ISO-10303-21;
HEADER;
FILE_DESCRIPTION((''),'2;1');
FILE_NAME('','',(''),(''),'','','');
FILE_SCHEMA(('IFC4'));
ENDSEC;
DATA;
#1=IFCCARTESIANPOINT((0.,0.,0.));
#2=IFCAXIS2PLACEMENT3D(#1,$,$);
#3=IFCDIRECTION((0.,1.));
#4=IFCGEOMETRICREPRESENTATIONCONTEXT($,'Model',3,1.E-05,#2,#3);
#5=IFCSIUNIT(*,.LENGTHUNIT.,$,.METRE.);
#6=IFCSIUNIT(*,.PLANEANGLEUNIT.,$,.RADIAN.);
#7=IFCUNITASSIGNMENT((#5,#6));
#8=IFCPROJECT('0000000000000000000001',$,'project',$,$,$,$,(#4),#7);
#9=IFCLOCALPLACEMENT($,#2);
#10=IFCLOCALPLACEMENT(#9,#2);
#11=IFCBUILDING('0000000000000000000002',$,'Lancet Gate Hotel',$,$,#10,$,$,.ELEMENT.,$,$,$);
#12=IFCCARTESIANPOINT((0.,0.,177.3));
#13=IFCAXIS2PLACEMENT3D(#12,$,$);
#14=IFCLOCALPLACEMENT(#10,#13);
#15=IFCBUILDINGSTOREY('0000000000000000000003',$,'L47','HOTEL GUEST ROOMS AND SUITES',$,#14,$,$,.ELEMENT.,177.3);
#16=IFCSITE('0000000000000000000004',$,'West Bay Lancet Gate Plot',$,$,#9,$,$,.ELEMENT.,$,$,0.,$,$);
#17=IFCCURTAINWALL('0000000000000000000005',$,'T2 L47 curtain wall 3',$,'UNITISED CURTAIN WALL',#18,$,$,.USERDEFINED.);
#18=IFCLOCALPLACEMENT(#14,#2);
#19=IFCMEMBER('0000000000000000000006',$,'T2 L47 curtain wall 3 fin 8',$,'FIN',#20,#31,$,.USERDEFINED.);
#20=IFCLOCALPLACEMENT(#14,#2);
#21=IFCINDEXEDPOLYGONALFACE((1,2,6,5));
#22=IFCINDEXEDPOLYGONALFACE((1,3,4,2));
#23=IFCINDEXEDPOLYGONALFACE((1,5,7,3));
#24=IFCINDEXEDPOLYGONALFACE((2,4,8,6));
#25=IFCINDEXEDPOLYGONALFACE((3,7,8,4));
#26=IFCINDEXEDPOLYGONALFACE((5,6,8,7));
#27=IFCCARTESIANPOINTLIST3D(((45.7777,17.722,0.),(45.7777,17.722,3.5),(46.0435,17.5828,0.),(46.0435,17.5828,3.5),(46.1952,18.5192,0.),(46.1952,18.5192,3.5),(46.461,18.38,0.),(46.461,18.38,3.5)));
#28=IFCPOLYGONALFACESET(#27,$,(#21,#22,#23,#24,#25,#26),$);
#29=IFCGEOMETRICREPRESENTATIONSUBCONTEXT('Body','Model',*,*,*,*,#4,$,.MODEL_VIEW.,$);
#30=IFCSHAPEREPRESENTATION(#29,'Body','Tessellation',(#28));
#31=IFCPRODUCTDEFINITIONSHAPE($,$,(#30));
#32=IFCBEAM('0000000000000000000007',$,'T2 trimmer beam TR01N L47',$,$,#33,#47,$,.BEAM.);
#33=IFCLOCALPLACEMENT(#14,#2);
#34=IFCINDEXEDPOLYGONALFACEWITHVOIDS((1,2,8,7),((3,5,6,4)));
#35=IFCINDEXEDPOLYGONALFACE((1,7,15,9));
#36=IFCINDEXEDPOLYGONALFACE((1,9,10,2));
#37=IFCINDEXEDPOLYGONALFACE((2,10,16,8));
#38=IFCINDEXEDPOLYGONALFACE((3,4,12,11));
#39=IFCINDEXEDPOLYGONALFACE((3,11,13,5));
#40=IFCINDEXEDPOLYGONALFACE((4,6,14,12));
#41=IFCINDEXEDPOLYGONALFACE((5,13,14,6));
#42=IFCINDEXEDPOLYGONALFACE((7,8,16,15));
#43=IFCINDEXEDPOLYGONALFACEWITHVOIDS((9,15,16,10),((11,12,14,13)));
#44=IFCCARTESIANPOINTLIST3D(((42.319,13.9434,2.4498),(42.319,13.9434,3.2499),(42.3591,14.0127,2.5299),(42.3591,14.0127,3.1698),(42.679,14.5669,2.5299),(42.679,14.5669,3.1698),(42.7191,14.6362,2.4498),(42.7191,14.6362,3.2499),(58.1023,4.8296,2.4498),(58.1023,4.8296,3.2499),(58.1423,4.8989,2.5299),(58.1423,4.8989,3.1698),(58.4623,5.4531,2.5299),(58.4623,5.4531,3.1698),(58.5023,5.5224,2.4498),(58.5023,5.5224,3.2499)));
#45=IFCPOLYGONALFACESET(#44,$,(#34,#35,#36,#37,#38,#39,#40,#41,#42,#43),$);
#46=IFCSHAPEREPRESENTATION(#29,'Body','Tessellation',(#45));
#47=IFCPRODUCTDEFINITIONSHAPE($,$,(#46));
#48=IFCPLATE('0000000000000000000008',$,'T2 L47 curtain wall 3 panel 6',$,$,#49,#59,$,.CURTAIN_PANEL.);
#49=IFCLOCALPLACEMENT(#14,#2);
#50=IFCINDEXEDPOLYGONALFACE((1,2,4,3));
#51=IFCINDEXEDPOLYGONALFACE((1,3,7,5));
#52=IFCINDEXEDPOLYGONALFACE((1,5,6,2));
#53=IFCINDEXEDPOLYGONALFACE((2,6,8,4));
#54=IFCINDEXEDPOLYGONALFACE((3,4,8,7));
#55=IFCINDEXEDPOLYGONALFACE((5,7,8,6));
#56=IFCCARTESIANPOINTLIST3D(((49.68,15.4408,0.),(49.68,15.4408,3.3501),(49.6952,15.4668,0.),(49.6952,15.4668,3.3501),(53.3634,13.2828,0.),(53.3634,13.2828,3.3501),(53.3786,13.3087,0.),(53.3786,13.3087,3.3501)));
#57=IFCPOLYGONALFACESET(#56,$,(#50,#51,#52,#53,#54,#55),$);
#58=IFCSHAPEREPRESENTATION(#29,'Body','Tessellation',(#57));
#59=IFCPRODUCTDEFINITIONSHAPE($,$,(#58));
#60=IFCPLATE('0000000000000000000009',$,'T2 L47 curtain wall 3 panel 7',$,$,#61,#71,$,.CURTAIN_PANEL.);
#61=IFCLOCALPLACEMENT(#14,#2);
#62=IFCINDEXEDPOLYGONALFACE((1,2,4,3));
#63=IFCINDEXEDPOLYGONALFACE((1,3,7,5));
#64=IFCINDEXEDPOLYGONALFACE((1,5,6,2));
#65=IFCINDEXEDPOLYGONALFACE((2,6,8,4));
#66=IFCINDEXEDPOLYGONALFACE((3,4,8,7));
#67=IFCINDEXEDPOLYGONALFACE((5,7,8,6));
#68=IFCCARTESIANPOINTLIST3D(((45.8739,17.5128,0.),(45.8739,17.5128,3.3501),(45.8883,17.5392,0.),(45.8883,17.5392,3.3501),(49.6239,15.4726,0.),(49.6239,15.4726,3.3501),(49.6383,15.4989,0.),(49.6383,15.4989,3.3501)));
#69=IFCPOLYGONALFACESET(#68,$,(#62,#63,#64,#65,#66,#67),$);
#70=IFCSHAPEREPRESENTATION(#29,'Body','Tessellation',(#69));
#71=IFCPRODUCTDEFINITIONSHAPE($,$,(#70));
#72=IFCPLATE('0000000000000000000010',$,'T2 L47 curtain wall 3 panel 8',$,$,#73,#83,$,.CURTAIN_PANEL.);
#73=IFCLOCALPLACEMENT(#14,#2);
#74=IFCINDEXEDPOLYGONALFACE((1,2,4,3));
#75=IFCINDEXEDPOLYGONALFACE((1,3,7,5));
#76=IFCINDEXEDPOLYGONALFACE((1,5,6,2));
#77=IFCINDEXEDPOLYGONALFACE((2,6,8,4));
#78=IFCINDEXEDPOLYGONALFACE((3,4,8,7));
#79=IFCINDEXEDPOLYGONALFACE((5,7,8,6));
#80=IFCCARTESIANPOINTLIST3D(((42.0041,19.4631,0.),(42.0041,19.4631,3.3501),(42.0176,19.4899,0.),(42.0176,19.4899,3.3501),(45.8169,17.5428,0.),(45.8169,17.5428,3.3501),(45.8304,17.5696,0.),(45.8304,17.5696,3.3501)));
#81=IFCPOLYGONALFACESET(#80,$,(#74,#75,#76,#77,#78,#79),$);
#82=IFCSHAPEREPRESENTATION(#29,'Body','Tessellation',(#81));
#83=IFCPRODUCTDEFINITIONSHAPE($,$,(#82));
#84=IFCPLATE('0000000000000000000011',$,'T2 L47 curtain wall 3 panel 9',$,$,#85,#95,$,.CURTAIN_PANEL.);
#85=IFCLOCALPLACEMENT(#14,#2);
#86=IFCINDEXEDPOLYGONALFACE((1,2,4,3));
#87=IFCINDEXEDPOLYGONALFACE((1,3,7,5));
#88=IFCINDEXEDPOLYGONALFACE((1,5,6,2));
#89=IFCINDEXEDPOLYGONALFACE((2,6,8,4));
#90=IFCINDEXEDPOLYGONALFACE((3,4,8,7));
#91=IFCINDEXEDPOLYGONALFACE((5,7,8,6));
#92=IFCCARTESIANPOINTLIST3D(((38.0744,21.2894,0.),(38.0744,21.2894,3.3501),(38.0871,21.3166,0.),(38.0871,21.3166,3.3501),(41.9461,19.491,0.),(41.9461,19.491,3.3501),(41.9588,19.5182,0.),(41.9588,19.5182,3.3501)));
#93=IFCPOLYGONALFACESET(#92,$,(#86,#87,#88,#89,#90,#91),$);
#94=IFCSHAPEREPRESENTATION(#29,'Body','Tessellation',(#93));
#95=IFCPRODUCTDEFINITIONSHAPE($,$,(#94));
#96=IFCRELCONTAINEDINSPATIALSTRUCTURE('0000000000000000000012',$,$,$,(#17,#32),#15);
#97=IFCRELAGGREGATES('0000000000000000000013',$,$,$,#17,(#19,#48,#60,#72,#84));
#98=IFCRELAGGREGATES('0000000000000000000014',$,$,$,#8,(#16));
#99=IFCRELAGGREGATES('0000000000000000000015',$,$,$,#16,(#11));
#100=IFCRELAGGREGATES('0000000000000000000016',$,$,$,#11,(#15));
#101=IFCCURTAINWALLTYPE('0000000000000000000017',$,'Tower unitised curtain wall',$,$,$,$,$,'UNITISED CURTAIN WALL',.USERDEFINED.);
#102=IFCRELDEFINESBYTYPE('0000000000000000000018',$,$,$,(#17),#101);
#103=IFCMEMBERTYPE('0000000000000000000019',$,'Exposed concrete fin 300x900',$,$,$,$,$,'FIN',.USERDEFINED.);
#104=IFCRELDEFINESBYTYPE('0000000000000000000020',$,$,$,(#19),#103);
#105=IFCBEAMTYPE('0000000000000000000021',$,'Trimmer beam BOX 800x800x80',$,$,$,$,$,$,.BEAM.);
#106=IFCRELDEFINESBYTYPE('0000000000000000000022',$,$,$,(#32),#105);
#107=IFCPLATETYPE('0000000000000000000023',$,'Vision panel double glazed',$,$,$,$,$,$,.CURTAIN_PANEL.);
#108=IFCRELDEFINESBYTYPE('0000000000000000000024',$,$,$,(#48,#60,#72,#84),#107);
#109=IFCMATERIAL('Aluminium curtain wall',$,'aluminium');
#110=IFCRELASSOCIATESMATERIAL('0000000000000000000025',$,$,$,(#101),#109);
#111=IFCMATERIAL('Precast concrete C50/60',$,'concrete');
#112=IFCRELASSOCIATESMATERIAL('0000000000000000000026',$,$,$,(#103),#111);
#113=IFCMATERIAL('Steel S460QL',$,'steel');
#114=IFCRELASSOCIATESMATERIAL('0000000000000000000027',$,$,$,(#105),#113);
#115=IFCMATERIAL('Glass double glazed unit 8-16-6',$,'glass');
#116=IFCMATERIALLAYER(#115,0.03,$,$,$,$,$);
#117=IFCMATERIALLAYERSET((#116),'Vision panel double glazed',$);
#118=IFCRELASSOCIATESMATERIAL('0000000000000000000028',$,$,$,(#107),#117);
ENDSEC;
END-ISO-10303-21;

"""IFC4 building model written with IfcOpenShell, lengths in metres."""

from ifc_helpers import new_model, si_unit, direction, frame, origin, origin_2d, place, context, subcontext, project, spatial, rectangle, hollow_rectangle, extrude, material, layer, layer_set, material_profile, profile_set, type_object, element, aggregate, save


model = new_model("IFC4")

# Units and contexts
model_context = context("Model", 3, precision=1e-05, world=origin(), true_north=direction((0.0, 1.0)))
body_context = subcontext(model_context, "Body", "Model", "MODEL_VIEW")
ifc_project = project(units=[si_unit("LENGTHUNIT", "METRE"), si_unit("PLANEANGLEUNIT", "RADIAN")], contexts=[model_context])

# Site, building, storey
site_placement = place(None, origin())
site = spatial("IfcSite", under=ifc_project, at=site_placement, Name="West Bay Lancet Gate Plot", CompositionType="ELEMENT", RefElevation=0.0)
building_placement = place(site_placement, origin())
building = spatial("IfcBuilding", under=site, at=building_placement, Name="Lancet Gate Hotel", CompositionType="ELEMENT")
storey_placement = place(building_placement, frame((0.0, 0.0, 177.3)))
storey = spatial("IfcBuildingStorey", under=building, at=storey_placement, Name="L47", Description="HOTEL GUEST ROOMS AND SUITES", CompositionType="ELEMENT", Elevation=177.3)

# Curtain wall
ifc_material_1 = material(Name="Aluminium curtain wall", Category="aluminium")
curtain_wall_type = type_object("IfcCurtainWallType", Name="Tower unitised curtain wall", ElementType="UNITISED CURTAIN WALL", PredefinedType="USERDEFINED", material=ifc_material_1)
curtain_wall_placement = place(storey_placement, origin())
curtain_wall = element("IfcCurtainWall", 1, at=curtain_wall_placement, inside=storey, type_object=curtain_wall_type, Name="T2 L47 curtain wall 3", ObjectType="UNITISED CURTAIN WALL", PredefinedType="USERDEFINED")

# Member
ifc_material_2 = material(Name="Precast concrete C50/60", Category="concrete")
ifc_material_profile_1 = material_profile(ifc_material_2, rectangle(XDim=0.3, YDim=0.8999, at=origin_2d()), Name="FIN 300x900")
ifc_profile_set_1 = profile_set([ifc_material_profile_1], Name="Precast concrete C50/60")
member_type_1 = type_object("IfcMemberType", Name="Exposed concrete fin 300x900", ElementType="FIN", PredefinedType="USERDEFINED", material=ifc_profile_set_1)
member_1_placement = place(storey_placement, frame((46.1194, 18.051, 0.0), z_axis=(0.0, 0.0, 1.0), x_axis=(-0.885877, 0.46392, 0.0)))
member_1 = element("IfcMember", 2, at=member_1_placement, type_object=member_type_1, Name="T2 L47 curtain wall 3 fin 8", ObjectType="FIN", PredefinedType="USERDEFINED", context=body_context, shape_type="SweptSolid", body=[
    extrude(rectangle(XDim=0.3, YDim=0.8999, at=origin_2d()), origin(), (0.0, 0.0, 1.0), 3.5),
])

# Beam
ifc_material_3 = material(Name="Steel S460QL", Category="steel")
ifc_material_profile_2 = material_profile(ifc_material_3, hollow_rectangle(XDim=0.8, YDim=0.8, WallThickness=0.0801, at=origin_2d()), Name="BOX 800x800x80")
ifc_profile_set_2 = profile_set([ifc_material_profile_2], Name="Steel S460QL")
beam_type_1 = type_object("IfcBeamType", Name="Trimmer beam BOX 800x800x80", PredefinedType="BEAM", material=ifc_profile_set_2)
beam_1_placement = place(storey_placement, frame((42.519, 14.2898, 2.8499), z_axis=(0.865994, -0.500055, 0.0), x_axis=(0.500055, 0.865994, 0.0)))
element("IfcBeam", 3, at=beam_1_placement, inside=storey, type_object=beam_type_1, Name="T2 trimmer beam TR01N L47", PredefinedType="BEAM", context=body_context, shape_type="SweptSolid", body=[
    extrude(hollow_rectangle(XDim=0.8, YDim=0.8, WallThickness=0.0801, at=origin_2d()), origin(), (0.0, 0.0, 1.0), 18.2256),
])

# Plates
ifc_material_4 = material(Name="Glass double glazed unit 8-16-6", Category="glass")
ifc_layer = layer(ifc_material_4, 0.03)
ifc_layer_set = layer_set([ifc_layer], Name="Vision panel double glazed")
plate_type = type_object("IfcPlateType", Name="Vision panel double glazed", PredefinedType="CURTAIN_PANEL", material=ifc_layer_set)
plate_1_placement = place(storey_placement, frame((51.5293, 14.3748, 0.0), z_axis=(0.0, 0.0, 1.0), x_axis=(-0.862815, 0.50552, 0.0)))
plate_1 = element("IfcPlate", 4, at=plate_1_placement, type_object=plate_type, Name="T2 L47 curtain wall 3 panel 6", PredefinedType="CURTAIN_PANEL", context=body_context, shape_type="SweptSolid", body=[
    extrude(rectangle(XDim=4.269, YDim=0.03, at=origin_2d()), origin(), (0.0, 0.0, 1.0), 3.3501),
])
plate_2_placement = place(storey_placement, frame((47.7561, 16.5059, 0.0), z_axis=(0.0, 0.0, 1.0), x_axis=(-0.87841, 0.477908, 0.0)))
plate_2 = element("IfcPlate", 5, at=plate_2_placement, type_object=plate_type, Name="T2 L47 curtain wall 3 panel 7", PredefinedType="CURTAIN_PANEL", context=body_context, shape_type="SweptSolid", body=[
    extrude(rectangle(XDim=4.269, YDim=0.03, at=origin_2d()), origin(), (0.0, 0.0, 1.0), 3.3501),
])
plate_3_placement = place(storey_placement, frame((43.9172, 18.5164, 0.0), z_axis=(0.0, 0.0, 1.0), x_axis=(-0.893121, 0.449816, 0.0)))
plate_3 = element("IfcPlate", 6, at=plate_3_placement, type_object=plate_type, Name="T2 L47 curtain wall 3 panel 8", PredefinedType="CURTAIN_PANEL", context=body_context, shape_type="SweptSolid", body=[
    extrude(rectangle(XDim=4.269, YDim=0.03, at=origin_2d()), origin(), (0.0, 0.0, 1.0), 3.3501),
])
plate_4_placement = place(storey_placement, frame((40.0166, 20.4038, 0.0), z_axis=(0.0, 0.0, 1.0), x_axis=(-0.906935, 0.421271, 0.0)))
plate_4 = element("IfcPlate", 7, at=plate_4_placement, type_object=plate_type, Name="T2 L47 curtain wall 3 panel 9", PredefinedType="CURTAIN_PANEL", context=body_context, shape_type="SweptSolid", body=[
    extrude(rectangle(XDim=4.269, YDim=0.03, at=origin_2d()), origin(), (0.0, 0.0, 1.0), 3.3501),
])
aggregate(curtain_wall, [member_1, plate_1, plate_2, plate_3, plate_4])

save(model, "model.ifc")
